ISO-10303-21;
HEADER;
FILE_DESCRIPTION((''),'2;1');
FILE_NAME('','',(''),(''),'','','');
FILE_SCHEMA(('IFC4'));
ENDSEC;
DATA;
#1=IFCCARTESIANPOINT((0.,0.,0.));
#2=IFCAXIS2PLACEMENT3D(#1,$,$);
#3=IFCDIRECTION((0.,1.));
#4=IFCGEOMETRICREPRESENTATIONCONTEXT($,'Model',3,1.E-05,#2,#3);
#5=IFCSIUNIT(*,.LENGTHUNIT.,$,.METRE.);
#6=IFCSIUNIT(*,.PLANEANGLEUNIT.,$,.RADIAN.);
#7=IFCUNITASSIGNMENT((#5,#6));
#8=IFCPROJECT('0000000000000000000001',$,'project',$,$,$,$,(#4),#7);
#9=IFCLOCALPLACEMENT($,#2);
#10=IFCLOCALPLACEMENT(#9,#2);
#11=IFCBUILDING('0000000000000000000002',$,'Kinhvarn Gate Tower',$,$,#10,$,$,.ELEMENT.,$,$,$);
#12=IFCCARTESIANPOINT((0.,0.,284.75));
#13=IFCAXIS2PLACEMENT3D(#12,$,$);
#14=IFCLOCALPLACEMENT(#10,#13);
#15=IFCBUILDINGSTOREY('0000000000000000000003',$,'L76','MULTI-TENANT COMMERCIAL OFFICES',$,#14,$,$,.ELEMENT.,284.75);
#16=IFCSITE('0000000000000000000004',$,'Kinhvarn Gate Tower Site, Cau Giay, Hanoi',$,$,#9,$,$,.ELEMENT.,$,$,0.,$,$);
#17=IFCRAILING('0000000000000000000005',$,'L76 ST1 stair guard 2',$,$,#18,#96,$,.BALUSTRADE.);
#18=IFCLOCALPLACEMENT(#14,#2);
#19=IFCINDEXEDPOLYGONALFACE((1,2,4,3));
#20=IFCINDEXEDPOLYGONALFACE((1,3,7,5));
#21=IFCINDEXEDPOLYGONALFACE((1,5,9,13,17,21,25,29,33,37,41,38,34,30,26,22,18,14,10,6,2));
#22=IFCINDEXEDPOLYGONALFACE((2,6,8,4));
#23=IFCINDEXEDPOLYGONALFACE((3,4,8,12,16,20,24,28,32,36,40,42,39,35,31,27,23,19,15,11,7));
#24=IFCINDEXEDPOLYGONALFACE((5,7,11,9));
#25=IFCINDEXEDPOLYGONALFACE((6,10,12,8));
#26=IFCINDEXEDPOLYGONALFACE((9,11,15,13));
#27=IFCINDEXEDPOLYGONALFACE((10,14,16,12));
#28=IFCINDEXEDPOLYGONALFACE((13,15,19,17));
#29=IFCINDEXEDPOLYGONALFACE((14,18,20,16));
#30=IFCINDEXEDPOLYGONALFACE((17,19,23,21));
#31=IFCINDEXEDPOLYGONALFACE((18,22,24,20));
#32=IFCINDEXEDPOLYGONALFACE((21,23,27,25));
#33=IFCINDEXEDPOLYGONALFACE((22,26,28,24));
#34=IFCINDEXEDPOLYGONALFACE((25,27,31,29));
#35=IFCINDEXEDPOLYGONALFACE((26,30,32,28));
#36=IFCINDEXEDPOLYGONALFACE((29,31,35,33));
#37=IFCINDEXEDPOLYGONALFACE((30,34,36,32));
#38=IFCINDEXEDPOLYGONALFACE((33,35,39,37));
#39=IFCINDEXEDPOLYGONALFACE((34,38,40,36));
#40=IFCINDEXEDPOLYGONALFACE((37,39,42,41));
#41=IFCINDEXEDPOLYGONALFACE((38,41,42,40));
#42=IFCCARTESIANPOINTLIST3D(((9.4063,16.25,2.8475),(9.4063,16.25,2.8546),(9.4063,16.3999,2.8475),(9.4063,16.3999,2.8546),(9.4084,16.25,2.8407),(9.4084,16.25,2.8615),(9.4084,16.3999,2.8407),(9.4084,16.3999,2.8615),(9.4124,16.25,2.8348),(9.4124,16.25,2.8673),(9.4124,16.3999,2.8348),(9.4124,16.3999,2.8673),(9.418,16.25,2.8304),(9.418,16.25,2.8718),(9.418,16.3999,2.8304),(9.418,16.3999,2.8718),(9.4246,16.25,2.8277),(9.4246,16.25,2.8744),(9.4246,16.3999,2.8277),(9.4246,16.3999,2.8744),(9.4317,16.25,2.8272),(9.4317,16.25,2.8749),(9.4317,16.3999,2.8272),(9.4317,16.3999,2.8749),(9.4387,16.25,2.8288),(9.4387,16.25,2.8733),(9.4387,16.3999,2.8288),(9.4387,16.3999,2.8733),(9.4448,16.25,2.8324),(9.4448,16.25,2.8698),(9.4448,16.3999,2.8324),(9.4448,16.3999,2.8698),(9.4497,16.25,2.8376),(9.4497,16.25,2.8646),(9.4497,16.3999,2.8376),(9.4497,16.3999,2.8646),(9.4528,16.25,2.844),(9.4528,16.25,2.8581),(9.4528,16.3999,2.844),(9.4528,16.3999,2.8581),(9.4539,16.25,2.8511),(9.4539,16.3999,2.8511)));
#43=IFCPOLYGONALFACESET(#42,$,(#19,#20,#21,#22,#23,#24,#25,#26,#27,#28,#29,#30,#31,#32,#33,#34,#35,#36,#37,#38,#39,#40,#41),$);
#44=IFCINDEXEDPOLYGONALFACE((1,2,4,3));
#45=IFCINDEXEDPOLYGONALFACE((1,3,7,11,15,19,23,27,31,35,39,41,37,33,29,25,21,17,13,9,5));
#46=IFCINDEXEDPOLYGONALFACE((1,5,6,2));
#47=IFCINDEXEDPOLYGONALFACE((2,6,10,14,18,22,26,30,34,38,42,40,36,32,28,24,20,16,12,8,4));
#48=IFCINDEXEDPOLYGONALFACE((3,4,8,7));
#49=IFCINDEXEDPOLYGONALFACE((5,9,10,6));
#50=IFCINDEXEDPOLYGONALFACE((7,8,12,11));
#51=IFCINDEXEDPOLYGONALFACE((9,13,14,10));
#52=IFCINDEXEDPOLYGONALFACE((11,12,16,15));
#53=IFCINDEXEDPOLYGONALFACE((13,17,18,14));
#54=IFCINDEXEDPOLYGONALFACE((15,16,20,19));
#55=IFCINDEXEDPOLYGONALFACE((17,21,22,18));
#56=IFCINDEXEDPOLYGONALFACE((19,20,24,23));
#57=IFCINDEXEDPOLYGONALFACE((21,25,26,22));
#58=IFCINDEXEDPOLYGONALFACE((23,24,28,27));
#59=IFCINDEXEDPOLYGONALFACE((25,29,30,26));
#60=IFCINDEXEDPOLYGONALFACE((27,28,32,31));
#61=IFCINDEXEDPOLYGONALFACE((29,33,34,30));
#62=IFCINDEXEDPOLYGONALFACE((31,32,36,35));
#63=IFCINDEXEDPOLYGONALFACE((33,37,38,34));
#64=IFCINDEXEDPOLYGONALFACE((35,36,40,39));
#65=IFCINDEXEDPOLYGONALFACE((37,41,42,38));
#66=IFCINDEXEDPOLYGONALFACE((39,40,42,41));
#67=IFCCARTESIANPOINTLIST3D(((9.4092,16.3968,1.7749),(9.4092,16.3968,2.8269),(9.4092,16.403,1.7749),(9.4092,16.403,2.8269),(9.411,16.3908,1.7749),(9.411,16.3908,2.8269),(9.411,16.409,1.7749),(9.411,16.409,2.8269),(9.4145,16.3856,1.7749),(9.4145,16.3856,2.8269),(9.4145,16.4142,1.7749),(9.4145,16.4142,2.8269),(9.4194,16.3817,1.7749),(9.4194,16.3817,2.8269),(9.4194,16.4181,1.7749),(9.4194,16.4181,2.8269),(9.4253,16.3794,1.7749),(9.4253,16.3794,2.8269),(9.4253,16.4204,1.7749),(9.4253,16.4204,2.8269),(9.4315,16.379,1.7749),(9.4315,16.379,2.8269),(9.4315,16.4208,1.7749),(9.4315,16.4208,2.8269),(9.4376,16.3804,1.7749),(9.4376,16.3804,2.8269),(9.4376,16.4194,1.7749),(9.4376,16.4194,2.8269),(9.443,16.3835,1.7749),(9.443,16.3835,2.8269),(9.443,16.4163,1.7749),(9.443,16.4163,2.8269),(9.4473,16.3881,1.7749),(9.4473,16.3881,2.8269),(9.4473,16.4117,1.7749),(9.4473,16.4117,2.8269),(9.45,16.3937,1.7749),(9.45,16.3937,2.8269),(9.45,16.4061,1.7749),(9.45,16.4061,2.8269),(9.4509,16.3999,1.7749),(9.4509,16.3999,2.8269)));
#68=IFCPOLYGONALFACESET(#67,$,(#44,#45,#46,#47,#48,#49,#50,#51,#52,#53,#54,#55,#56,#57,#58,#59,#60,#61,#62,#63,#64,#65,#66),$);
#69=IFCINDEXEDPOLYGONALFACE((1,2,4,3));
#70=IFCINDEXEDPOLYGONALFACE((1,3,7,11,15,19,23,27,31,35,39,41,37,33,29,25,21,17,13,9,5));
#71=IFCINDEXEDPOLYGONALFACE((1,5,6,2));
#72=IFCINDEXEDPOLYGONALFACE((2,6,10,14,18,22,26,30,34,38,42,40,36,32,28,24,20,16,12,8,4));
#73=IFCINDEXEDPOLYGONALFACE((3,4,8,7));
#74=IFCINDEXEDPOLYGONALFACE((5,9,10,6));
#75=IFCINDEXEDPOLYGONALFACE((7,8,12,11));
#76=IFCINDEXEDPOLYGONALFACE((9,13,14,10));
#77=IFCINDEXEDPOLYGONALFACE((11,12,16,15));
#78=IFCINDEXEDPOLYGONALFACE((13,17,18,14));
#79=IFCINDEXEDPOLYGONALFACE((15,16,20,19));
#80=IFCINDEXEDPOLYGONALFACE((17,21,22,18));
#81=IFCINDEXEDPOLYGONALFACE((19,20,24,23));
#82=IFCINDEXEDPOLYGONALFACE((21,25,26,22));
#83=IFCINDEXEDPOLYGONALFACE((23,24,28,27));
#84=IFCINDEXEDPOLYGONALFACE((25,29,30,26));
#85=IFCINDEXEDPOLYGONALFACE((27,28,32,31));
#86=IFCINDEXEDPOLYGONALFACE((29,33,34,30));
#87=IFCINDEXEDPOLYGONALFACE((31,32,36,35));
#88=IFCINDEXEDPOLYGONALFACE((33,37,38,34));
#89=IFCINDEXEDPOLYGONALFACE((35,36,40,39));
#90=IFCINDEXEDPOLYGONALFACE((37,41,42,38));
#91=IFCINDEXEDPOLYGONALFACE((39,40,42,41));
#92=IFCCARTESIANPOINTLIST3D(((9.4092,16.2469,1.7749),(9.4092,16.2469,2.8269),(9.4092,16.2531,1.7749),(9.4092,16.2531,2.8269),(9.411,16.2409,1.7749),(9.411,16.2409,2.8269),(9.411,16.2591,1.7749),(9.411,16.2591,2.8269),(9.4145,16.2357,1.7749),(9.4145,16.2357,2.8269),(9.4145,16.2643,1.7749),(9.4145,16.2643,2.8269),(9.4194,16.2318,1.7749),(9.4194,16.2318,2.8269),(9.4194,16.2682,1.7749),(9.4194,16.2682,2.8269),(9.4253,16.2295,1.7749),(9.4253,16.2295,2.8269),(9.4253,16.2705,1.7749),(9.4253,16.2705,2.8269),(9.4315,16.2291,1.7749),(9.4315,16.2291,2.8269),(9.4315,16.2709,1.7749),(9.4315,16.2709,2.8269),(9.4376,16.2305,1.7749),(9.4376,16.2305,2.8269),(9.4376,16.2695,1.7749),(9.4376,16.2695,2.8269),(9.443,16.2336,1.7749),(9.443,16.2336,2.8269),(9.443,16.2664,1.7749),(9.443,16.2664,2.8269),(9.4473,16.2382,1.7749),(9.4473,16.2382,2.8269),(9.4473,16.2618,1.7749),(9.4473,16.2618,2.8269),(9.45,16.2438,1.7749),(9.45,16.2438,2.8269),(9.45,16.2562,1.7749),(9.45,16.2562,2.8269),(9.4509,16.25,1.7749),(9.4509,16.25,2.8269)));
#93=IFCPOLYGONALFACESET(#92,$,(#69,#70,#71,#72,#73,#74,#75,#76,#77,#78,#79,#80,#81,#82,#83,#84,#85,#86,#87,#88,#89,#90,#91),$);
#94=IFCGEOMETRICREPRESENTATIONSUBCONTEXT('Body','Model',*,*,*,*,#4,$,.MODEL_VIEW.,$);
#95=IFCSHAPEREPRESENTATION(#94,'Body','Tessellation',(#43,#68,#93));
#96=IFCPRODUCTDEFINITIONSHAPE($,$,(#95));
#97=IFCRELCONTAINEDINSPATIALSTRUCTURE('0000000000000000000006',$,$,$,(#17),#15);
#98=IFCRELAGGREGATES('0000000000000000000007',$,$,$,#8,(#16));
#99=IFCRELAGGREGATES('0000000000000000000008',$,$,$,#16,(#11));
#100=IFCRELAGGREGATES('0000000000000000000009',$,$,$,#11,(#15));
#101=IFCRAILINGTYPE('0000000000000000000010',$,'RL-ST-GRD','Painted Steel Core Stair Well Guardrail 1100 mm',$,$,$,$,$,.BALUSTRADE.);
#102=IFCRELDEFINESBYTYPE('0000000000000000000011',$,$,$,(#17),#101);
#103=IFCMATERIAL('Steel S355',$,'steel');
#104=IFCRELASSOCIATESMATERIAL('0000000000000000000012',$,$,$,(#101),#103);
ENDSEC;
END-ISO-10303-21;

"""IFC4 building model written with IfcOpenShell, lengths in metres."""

from ifc_helpers import new_model, si_unit, direction, frame, origin, origin_2d, place, context, subcontext, project, spatial, circle, extrude, material, type_object, element, save


model = new_model("IFC4")

# Units and contexts
model_context = context("Model", 3, precision=1e-05, world=origin(), true_north=direction((0.0, 1.0)))
body_context = subcontext(model_context, "Body", "Model", "MODEL_VIEW")
ifc_project = project(units=[si_unit("LENGTHUNIT", "METRE"), si_unit("PLANEANGLEUNIT", "RADIAN")], contexts=[model_context])

# Site, building, storey
site_placement = place(None, origin())
site = spatial("IfcSite", under=ifc_project, at=site_placement, Name="Kinhvarn Gate Tower Site, Cau Giay, Hanoi", CompositionType="ELEMENT", RefElevation=0.0)
building_placement = place(site_placement, origin())
building = spatial("IfcBuilding", under=site, at=building_placement, Name="Kinhvarn Gate Tower", CompositionType="ELEMENT")
storey_placement = place(building_placement, frame((0.0, 0.0, 284.75)))
storey = spatial("IfcBuildingStorey", under=building, at=storey_placement, Name="L76", Description="MULTI-TENANT COMMERCIAL OFFICES", CompositionType="ELEMENT", Elevation=284.75)

# Shared definitions
ifc_material_1 = material(Name="Steel S355", Category="steel")

# Railing
railing_type_1 = type_object("IfcRailingType", Name="RL-ST-GRD", Description="Painted Steel Core Stair Well Guardrail 1100 mm", PredefinedType="BALUSTRADE", material=ifc_material_1)
railing_1_placement = place(storey_placement, frame((9.4299, 16.3999, 1.7749)))
element("IfcRailing", 1, at=railing_1_placement, inside=storey, type_object=railing_type_1, Name="L76 ST1 stair guard 2", PredefinedType="BALUSTRADE", context=body_context, shape_type="SweptSolid", body=[
    extrude(circle(Radius=0.0239, at=origin_2d()), frame((0.0, 0.0, 1.0762), z_axis=(0.0, -1.0, 0.0), x_axis=(1.0, 0.0, 0.0)), (0.0, 0.0, 1.0), 0.1499),
    extrude(circle(Radius=0.021, at=origin_2d()), origin(), (0.0, 0.0, 1.0), 1.052),
    extrude(circle(Radius=0.021, at=origin_2d()), frame((0.0, -0.1499, 0.0)), (0.0, 0.0, 1.0), 1.052),
])

save(model, "model.ifc")
